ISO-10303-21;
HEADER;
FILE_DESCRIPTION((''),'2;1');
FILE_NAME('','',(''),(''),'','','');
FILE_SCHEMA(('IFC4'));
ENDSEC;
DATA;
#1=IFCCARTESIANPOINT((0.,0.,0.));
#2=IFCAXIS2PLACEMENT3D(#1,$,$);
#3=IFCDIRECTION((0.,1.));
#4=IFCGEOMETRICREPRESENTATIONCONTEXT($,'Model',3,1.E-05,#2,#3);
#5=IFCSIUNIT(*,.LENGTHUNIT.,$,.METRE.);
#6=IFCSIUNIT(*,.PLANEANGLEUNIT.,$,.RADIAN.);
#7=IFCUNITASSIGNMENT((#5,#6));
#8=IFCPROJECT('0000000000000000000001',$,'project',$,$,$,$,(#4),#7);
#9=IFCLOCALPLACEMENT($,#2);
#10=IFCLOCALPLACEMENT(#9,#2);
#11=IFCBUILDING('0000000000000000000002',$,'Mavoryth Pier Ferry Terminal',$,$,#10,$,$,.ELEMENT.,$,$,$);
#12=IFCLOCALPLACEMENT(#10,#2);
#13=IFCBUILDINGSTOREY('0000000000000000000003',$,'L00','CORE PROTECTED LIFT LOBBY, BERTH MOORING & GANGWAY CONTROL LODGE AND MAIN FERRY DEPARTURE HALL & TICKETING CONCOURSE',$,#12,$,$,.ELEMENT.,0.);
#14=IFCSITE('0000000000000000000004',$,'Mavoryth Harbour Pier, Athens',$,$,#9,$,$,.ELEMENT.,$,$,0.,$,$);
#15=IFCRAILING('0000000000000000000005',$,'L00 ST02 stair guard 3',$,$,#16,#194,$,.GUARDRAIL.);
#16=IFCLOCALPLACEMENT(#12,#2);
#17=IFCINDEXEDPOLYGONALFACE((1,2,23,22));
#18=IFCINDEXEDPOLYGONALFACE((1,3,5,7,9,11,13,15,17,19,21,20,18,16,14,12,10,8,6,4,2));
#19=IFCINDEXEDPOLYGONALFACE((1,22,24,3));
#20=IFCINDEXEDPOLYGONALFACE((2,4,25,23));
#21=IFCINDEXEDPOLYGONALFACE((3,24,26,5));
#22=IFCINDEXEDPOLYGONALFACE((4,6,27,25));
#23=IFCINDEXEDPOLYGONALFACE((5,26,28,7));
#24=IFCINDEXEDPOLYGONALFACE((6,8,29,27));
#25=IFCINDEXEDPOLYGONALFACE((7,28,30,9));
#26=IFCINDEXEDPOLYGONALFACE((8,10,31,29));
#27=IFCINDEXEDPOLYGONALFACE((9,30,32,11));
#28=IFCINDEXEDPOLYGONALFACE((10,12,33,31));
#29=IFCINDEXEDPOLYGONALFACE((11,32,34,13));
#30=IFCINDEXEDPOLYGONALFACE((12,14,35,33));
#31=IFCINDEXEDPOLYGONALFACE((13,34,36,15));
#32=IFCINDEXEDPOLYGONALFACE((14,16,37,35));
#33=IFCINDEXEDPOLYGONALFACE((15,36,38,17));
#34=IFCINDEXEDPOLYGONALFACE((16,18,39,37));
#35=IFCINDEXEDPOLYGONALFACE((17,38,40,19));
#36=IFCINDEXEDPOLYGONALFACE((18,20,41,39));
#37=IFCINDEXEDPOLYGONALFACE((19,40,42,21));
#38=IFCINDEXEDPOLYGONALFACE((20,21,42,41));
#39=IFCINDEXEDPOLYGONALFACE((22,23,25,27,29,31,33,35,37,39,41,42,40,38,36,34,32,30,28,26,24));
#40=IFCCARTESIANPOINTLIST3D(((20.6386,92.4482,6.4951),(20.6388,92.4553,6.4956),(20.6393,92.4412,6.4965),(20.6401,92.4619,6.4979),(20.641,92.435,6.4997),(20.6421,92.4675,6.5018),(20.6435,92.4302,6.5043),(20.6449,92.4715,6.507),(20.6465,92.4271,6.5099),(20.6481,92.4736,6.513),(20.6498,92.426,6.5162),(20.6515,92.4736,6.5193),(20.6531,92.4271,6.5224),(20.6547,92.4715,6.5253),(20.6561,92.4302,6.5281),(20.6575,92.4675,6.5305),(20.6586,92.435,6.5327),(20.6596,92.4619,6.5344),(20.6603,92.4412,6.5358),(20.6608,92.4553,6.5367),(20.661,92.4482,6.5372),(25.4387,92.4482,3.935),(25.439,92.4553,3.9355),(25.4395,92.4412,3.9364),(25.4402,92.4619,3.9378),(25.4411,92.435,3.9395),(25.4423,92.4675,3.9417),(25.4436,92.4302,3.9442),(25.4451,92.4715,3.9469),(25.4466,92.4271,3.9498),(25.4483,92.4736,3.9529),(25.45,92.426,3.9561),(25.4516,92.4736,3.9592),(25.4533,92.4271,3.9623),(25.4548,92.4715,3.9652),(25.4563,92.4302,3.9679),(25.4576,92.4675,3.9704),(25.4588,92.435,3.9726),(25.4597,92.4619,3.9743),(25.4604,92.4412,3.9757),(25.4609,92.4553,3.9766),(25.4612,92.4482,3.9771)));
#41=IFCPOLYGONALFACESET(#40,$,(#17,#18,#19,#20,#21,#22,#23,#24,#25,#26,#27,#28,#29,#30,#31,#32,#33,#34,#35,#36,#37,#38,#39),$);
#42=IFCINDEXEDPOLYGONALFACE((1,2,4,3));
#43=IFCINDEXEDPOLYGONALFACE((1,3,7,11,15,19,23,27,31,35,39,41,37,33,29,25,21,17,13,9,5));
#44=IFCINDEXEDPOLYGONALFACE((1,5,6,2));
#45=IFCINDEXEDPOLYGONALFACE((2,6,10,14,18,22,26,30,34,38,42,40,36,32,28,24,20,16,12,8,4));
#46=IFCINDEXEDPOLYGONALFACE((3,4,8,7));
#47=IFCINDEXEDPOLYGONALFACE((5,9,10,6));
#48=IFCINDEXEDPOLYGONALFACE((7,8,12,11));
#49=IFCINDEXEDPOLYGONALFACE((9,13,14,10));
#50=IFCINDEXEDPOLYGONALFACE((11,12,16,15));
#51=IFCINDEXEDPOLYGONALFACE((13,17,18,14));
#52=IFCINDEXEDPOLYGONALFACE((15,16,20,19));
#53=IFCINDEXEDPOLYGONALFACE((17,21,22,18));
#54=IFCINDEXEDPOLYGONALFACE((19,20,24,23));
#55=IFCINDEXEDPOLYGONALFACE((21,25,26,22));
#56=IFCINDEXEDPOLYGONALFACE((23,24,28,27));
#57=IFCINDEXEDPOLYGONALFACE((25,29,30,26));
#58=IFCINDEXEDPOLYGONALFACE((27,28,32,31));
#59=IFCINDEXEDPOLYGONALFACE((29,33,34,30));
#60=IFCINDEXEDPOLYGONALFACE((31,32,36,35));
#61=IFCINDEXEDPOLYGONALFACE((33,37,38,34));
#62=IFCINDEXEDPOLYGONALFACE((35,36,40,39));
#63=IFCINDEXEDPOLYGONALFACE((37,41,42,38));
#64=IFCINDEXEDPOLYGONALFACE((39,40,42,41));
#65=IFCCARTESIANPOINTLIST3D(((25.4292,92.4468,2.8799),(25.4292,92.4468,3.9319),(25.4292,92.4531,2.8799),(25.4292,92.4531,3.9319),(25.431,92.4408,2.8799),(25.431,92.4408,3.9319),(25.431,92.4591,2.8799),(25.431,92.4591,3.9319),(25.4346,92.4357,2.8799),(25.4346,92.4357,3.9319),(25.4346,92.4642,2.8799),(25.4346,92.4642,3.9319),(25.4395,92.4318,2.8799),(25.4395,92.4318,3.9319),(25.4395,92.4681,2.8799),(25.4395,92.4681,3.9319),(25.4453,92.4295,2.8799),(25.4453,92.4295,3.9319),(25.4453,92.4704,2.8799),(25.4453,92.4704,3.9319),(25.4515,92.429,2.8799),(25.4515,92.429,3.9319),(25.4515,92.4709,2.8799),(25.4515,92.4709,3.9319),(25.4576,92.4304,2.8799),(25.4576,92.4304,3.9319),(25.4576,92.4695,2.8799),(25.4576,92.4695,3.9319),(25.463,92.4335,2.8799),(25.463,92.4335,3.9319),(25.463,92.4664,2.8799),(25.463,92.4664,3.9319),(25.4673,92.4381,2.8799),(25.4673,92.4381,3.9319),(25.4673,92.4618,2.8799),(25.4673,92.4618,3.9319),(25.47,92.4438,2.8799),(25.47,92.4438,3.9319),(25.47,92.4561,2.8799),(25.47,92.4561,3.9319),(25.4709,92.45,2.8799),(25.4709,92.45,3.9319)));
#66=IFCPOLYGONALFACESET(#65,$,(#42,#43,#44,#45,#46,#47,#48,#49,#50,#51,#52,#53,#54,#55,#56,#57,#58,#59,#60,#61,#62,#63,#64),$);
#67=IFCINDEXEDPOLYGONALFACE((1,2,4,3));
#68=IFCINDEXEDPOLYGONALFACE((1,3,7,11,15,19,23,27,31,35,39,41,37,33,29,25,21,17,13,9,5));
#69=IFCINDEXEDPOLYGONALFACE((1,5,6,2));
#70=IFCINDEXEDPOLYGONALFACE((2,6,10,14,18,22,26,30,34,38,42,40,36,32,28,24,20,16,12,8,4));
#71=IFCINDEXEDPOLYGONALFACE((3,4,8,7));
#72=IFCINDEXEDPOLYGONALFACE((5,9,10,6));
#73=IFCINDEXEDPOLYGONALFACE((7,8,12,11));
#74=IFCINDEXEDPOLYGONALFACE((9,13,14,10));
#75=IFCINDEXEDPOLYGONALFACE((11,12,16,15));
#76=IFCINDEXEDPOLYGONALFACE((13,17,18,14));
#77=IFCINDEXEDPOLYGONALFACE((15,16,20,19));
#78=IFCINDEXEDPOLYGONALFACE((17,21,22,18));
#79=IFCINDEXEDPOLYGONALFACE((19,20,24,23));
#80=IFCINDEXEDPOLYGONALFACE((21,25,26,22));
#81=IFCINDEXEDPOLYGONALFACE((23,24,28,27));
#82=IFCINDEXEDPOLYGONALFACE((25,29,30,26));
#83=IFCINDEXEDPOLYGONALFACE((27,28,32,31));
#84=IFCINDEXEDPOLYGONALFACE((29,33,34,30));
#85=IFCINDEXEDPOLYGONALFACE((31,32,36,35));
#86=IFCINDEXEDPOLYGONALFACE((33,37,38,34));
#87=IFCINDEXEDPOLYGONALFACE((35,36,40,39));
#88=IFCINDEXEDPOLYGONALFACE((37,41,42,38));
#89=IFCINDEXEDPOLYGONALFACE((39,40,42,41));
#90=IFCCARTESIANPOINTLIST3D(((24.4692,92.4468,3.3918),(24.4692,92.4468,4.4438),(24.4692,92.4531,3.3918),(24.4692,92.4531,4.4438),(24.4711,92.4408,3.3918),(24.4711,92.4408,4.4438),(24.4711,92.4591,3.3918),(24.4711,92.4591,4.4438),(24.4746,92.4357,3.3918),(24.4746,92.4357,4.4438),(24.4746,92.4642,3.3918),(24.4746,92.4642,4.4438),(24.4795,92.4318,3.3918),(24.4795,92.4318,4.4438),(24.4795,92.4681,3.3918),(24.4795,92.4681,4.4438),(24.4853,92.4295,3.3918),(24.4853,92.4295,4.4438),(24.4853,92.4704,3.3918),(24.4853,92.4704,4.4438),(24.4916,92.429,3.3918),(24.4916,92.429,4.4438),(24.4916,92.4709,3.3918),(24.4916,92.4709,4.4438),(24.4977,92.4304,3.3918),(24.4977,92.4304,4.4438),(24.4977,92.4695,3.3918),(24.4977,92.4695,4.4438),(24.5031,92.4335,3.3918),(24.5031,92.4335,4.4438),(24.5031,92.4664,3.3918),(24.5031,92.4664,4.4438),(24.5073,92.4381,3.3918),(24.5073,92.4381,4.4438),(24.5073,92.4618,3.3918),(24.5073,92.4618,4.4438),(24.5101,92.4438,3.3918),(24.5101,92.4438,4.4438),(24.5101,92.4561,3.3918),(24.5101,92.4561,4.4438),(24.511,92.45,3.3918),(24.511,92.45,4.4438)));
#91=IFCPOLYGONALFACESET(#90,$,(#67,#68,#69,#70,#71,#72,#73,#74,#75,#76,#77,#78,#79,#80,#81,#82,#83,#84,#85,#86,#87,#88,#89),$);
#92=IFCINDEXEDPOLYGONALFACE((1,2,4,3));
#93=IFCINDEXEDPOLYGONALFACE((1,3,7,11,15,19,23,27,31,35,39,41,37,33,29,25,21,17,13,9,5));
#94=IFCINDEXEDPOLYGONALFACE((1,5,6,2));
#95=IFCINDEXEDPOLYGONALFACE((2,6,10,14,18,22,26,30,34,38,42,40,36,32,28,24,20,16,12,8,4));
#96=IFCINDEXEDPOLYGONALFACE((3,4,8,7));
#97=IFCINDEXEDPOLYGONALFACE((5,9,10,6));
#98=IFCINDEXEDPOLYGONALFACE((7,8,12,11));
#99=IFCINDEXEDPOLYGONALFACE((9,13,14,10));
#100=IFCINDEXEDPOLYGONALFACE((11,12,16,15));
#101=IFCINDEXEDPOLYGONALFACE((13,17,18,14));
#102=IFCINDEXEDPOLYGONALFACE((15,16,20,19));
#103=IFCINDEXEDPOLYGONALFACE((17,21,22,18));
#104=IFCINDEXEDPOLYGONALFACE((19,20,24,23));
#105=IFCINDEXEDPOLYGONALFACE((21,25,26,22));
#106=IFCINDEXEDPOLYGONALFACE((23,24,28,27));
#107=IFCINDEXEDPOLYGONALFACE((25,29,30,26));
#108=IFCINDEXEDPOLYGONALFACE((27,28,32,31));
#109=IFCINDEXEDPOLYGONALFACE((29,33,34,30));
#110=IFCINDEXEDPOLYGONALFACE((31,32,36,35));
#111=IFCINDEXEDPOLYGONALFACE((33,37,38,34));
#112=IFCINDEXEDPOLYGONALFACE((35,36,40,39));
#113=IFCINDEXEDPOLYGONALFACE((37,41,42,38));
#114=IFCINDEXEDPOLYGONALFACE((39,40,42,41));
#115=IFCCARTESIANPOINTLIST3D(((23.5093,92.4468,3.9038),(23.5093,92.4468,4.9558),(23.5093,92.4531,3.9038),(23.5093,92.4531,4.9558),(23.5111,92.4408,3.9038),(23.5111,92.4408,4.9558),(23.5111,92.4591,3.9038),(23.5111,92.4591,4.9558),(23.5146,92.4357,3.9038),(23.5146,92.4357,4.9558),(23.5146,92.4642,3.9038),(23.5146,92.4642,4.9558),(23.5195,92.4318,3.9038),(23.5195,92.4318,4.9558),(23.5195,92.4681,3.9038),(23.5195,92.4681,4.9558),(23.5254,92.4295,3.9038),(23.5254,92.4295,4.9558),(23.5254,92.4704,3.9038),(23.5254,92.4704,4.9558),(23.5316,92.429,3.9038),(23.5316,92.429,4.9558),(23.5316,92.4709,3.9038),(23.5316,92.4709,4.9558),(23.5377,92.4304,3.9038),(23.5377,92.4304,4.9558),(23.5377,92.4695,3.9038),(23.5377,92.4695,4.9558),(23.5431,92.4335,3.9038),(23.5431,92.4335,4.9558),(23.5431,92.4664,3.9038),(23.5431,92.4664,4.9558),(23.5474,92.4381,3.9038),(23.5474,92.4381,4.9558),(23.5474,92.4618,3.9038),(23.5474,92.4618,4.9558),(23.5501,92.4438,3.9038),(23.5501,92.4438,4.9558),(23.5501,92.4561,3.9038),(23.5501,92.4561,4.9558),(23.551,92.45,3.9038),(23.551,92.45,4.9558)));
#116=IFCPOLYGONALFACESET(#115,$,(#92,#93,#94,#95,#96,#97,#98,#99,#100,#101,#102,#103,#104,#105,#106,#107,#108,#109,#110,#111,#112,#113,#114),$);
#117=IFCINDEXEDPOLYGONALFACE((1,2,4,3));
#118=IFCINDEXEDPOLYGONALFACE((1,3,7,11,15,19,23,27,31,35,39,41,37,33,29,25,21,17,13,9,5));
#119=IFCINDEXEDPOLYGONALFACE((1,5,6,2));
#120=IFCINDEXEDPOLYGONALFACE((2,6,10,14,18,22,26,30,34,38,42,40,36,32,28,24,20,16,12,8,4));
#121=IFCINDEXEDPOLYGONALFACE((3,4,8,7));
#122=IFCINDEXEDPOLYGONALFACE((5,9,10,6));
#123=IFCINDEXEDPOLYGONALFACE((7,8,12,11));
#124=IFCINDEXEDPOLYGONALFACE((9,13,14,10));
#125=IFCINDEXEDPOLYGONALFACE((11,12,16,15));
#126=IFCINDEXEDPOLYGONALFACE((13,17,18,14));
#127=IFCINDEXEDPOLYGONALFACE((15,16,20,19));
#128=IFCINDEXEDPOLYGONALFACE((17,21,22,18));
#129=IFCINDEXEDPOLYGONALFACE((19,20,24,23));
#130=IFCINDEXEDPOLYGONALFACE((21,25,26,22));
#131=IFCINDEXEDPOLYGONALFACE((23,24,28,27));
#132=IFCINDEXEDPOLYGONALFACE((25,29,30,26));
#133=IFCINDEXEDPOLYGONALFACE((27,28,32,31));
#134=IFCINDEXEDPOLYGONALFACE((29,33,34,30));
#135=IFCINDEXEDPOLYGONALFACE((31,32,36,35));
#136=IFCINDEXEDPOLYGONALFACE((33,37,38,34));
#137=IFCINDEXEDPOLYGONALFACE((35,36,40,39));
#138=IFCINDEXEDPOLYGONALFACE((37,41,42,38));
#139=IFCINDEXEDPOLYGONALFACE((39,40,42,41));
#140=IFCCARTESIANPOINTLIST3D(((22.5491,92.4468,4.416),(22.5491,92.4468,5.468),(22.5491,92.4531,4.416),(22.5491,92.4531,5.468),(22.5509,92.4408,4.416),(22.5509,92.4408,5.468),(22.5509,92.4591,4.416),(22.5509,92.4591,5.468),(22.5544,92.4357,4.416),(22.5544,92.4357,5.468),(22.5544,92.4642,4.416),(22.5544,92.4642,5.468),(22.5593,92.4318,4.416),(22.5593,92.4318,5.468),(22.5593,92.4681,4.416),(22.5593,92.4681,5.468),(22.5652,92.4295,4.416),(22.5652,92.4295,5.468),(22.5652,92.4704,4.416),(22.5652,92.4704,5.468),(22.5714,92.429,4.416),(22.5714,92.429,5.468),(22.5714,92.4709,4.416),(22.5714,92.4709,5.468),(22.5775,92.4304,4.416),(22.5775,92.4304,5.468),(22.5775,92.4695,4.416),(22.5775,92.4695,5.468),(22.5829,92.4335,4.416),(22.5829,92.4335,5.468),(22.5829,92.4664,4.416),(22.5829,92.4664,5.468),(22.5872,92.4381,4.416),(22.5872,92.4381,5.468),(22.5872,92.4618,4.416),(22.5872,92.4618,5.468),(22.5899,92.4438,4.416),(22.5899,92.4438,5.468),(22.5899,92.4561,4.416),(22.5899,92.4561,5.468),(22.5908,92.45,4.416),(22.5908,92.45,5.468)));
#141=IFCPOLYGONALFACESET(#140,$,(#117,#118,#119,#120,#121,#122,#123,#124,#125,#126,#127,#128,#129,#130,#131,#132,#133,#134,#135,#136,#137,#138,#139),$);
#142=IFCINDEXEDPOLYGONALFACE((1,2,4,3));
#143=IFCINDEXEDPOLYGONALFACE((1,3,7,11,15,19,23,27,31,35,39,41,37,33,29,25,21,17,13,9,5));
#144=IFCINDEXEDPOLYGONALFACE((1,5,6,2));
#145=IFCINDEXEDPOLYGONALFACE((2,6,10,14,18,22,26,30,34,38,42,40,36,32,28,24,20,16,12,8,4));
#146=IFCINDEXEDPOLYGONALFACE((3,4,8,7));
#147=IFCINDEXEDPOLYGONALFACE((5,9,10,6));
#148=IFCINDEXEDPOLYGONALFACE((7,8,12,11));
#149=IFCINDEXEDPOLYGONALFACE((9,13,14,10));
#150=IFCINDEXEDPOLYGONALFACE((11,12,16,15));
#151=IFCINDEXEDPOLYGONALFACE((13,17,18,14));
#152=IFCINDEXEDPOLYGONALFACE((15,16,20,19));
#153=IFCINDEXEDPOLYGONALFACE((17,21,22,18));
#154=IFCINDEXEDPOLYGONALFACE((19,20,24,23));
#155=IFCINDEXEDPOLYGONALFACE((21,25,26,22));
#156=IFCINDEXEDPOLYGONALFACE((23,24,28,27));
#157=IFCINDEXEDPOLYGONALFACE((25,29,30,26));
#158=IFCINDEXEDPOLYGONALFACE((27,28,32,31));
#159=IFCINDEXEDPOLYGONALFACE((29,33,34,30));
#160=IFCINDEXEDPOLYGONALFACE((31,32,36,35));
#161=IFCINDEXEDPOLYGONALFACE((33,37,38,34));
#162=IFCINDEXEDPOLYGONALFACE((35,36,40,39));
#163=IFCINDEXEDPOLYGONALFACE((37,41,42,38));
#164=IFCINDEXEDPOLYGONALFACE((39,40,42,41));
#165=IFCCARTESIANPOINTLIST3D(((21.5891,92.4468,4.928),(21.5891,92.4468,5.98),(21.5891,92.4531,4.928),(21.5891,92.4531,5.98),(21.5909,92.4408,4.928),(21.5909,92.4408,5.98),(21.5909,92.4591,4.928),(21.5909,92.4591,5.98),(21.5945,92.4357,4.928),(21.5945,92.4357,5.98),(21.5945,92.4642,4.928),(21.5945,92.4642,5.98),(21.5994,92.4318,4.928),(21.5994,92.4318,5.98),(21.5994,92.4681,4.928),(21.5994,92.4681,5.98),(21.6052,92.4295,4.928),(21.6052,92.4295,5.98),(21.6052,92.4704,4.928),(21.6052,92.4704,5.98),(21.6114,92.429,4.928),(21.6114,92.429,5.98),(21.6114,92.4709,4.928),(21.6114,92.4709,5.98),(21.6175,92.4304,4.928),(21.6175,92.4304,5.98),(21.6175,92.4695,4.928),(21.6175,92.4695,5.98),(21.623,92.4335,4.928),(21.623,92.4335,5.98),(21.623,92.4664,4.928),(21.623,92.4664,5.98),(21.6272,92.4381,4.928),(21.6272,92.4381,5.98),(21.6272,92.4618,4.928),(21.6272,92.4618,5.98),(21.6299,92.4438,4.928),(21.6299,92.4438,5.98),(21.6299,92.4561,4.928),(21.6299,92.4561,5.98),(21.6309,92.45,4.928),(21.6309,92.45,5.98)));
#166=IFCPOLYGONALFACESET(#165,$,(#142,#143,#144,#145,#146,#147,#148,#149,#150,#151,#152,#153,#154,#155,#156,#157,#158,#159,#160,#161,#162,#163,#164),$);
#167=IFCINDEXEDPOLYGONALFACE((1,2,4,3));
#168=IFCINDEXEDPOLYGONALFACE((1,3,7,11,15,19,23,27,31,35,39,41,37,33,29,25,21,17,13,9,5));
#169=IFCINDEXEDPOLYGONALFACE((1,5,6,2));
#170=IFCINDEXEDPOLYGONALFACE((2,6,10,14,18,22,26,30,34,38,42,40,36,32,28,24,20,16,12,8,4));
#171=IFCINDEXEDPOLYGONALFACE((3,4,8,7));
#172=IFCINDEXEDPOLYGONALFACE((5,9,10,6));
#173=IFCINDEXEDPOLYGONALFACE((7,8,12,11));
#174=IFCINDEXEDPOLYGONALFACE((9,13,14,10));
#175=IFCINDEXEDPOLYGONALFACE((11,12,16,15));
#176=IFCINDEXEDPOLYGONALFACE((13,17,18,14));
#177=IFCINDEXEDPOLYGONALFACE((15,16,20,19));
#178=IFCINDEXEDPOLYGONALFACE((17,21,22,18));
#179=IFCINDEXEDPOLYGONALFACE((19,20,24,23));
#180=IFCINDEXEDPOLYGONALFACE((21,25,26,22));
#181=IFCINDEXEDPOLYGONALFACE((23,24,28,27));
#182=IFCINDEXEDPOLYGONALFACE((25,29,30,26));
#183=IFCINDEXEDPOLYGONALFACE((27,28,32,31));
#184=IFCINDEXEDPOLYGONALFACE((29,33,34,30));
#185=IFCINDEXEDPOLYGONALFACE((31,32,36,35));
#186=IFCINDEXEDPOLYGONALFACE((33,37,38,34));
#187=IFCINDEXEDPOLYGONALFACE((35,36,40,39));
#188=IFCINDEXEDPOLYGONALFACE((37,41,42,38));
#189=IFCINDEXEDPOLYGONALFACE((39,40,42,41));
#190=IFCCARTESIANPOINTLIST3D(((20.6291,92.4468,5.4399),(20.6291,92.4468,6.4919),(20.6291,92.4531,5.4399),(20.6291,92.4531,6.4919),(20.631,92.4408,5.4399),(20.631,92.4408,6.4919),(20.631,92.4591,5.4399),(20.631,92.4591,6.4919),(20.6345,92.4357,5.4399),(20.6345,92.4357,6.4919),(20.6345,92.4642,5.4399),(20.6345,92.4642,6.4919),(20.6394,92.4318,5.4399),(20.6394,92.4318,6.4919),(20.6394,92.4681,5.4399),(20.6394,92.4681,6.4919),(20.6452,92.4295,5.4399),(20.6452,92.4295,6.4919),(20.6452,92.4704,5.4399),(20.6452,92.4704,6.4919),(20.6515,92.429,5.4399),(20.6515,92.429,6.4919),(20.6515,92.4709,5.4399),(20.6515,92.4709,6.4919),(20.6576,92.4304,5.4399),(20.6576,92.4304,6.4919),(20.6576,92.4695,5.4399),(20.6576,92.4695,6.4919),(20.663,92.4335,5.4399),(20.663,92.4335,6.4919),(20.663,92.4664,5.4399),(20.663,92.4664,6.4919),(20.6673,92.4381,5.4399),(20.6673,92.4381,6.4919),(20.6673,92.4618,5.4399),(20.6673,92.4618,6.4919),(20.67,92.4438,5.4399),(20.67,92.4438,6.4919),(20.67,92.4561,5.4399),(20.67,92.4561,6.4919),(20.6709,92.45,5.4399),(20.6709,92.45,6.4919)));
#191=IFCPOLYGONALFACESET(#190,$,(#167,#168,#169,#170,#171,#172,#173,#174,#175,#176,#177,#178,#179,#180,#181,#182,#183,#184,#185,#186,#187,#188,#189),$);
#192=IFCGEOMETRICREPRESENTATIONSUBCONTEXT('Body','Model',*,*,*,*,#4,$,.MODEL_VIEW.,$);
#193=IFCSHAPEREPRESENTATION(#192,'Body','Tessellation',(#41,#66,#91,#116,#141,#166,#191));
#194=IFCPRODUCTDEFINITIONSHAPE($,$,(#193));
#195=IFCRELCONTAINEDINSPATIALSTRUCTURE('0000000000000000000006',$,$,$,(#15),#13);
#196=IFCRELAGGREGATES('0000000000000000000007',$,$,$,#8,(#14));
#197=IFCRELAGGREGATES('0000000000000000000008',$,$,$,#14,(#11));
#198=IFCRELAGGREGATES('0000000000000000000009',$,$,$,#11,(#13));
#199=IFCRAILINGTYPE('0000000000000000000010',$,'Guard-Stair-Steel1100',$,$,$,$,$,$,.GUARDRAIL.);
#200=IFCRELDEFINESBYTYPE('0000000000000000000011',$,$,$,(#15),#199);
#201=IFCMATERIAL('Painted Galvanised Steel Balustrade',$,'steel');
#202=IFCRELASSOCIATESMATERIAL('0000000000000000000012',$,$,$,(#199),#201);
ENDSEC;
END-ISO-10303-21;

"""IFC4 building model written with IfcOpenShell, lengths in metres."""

from ifc_helpers import new_model, si_unit, direction, frame, origin, origin_2d, place, context, subcontext, project, spatial, circle, extrude, material, type_object, element, save


model = new_model("IFC4")

# Units and contexts
model_context = context("Model", 3, precision=1e-05, world=origin(), true_north=direction((0.0, 1.0)))
body_context = subcontext(model_context, "Body", "Model", "MODEL_VIEW")
ifc_project = project(units=[si_unit("LENGTHUNIT", "METRE"), si_unit("PLANEANGLEUNIT", "RADIAN")], contexts=[model_context])

# Site, building, storey
site_placement = place(None, origin())
site = spatial("IfcSite", under=ifc_project, at=site_placement, Name="Mavoryth Harbour Pier, Athens", CompositionType="ELEMENT", RefElevation=0.0)
building_placement = place(site_placement, origin())
building = spatial("IfcBuilding", under=site, at=building_placement, Name="Mavoryth Pier Ferry Terminal", CompositionType="ELEMENT")
storey_placement = place(building_placement, origin())
storey = spatial("IfcBuildingStorey", under=building, at=storey_placement, Name="L00", Description="CORE PROTECTED LIFT LOBBY, BERTH MOORING & GANGWAY CONTROL LODGE AND MAIN FERRY DEPARTURE HALL & TICKETING CONCOURSE", CompositionType="ELEMENT", Elevation=0.0)

# Railing
ifc_material_1 = material(Name="Painted Galvanised Steel Balustrade", Category="steel")
railing_type_1 = type_object("IfcRailingType", Name="Guard-Stair-Steel1100", PredefinedType="GUARDRAIL", material=ifc_material_1)
railing_1_placement = place(storey_placement, frame((25.45, 92.45, 2.8799)))
element("IfcRailing", 1, at=railing_1_placement, inside=storey, type_object=railing_type_1, Name="L00 ST02 stair guard 3", PredefinedType="GUARDRAIL", context=body_context, shape_type="SweptSolid", body=[
    extrude(circle(Radius=0.0239, at=origin_2d()), frame((0.0, 0.0, 1.0762), z_axis=(-0.88235, 0.0, 0.470593), x_axis=(0.0, -1.0, 0.0)), (0.0, 0.0, 1.0), 5.4402),
    extrude(circle(Radius=0.021, at=origin_2d()), origin(), (0.0, 0.0, 1.0), 1.052),
    extrude(circle(Radius=0.021, at=origin_2d()), frame((-0.96, 0.0, 0.512)), (0.0, 0.0, 1.0), 1.052),
    extrude(circle(Radius=0.021, at=origin_2d()), frame((-1.9199, 0.0, 1.0239)), (0.0, 0.0, 1.0), 1.052),
    extrude(circle(Radius=0.021, at=origin_2d()), frame((-2.8801, 0.0, 1.5361)), (0.0, 0.0, 1.0), 1.052),
    extrude(circle(Radius=0.021, at=origin_2d()), frame((-3.8401, 0.0, 2.0481)), (0.0, 0.0, 1.0), 1.052),
    extrude(circle(Radius=0.021, at=origin_2d()), frame((-4.8, 0.0, 2.5601)), (0.0, 0.0, 1.0), 1.052),
])

save(model, "model.ifc")
